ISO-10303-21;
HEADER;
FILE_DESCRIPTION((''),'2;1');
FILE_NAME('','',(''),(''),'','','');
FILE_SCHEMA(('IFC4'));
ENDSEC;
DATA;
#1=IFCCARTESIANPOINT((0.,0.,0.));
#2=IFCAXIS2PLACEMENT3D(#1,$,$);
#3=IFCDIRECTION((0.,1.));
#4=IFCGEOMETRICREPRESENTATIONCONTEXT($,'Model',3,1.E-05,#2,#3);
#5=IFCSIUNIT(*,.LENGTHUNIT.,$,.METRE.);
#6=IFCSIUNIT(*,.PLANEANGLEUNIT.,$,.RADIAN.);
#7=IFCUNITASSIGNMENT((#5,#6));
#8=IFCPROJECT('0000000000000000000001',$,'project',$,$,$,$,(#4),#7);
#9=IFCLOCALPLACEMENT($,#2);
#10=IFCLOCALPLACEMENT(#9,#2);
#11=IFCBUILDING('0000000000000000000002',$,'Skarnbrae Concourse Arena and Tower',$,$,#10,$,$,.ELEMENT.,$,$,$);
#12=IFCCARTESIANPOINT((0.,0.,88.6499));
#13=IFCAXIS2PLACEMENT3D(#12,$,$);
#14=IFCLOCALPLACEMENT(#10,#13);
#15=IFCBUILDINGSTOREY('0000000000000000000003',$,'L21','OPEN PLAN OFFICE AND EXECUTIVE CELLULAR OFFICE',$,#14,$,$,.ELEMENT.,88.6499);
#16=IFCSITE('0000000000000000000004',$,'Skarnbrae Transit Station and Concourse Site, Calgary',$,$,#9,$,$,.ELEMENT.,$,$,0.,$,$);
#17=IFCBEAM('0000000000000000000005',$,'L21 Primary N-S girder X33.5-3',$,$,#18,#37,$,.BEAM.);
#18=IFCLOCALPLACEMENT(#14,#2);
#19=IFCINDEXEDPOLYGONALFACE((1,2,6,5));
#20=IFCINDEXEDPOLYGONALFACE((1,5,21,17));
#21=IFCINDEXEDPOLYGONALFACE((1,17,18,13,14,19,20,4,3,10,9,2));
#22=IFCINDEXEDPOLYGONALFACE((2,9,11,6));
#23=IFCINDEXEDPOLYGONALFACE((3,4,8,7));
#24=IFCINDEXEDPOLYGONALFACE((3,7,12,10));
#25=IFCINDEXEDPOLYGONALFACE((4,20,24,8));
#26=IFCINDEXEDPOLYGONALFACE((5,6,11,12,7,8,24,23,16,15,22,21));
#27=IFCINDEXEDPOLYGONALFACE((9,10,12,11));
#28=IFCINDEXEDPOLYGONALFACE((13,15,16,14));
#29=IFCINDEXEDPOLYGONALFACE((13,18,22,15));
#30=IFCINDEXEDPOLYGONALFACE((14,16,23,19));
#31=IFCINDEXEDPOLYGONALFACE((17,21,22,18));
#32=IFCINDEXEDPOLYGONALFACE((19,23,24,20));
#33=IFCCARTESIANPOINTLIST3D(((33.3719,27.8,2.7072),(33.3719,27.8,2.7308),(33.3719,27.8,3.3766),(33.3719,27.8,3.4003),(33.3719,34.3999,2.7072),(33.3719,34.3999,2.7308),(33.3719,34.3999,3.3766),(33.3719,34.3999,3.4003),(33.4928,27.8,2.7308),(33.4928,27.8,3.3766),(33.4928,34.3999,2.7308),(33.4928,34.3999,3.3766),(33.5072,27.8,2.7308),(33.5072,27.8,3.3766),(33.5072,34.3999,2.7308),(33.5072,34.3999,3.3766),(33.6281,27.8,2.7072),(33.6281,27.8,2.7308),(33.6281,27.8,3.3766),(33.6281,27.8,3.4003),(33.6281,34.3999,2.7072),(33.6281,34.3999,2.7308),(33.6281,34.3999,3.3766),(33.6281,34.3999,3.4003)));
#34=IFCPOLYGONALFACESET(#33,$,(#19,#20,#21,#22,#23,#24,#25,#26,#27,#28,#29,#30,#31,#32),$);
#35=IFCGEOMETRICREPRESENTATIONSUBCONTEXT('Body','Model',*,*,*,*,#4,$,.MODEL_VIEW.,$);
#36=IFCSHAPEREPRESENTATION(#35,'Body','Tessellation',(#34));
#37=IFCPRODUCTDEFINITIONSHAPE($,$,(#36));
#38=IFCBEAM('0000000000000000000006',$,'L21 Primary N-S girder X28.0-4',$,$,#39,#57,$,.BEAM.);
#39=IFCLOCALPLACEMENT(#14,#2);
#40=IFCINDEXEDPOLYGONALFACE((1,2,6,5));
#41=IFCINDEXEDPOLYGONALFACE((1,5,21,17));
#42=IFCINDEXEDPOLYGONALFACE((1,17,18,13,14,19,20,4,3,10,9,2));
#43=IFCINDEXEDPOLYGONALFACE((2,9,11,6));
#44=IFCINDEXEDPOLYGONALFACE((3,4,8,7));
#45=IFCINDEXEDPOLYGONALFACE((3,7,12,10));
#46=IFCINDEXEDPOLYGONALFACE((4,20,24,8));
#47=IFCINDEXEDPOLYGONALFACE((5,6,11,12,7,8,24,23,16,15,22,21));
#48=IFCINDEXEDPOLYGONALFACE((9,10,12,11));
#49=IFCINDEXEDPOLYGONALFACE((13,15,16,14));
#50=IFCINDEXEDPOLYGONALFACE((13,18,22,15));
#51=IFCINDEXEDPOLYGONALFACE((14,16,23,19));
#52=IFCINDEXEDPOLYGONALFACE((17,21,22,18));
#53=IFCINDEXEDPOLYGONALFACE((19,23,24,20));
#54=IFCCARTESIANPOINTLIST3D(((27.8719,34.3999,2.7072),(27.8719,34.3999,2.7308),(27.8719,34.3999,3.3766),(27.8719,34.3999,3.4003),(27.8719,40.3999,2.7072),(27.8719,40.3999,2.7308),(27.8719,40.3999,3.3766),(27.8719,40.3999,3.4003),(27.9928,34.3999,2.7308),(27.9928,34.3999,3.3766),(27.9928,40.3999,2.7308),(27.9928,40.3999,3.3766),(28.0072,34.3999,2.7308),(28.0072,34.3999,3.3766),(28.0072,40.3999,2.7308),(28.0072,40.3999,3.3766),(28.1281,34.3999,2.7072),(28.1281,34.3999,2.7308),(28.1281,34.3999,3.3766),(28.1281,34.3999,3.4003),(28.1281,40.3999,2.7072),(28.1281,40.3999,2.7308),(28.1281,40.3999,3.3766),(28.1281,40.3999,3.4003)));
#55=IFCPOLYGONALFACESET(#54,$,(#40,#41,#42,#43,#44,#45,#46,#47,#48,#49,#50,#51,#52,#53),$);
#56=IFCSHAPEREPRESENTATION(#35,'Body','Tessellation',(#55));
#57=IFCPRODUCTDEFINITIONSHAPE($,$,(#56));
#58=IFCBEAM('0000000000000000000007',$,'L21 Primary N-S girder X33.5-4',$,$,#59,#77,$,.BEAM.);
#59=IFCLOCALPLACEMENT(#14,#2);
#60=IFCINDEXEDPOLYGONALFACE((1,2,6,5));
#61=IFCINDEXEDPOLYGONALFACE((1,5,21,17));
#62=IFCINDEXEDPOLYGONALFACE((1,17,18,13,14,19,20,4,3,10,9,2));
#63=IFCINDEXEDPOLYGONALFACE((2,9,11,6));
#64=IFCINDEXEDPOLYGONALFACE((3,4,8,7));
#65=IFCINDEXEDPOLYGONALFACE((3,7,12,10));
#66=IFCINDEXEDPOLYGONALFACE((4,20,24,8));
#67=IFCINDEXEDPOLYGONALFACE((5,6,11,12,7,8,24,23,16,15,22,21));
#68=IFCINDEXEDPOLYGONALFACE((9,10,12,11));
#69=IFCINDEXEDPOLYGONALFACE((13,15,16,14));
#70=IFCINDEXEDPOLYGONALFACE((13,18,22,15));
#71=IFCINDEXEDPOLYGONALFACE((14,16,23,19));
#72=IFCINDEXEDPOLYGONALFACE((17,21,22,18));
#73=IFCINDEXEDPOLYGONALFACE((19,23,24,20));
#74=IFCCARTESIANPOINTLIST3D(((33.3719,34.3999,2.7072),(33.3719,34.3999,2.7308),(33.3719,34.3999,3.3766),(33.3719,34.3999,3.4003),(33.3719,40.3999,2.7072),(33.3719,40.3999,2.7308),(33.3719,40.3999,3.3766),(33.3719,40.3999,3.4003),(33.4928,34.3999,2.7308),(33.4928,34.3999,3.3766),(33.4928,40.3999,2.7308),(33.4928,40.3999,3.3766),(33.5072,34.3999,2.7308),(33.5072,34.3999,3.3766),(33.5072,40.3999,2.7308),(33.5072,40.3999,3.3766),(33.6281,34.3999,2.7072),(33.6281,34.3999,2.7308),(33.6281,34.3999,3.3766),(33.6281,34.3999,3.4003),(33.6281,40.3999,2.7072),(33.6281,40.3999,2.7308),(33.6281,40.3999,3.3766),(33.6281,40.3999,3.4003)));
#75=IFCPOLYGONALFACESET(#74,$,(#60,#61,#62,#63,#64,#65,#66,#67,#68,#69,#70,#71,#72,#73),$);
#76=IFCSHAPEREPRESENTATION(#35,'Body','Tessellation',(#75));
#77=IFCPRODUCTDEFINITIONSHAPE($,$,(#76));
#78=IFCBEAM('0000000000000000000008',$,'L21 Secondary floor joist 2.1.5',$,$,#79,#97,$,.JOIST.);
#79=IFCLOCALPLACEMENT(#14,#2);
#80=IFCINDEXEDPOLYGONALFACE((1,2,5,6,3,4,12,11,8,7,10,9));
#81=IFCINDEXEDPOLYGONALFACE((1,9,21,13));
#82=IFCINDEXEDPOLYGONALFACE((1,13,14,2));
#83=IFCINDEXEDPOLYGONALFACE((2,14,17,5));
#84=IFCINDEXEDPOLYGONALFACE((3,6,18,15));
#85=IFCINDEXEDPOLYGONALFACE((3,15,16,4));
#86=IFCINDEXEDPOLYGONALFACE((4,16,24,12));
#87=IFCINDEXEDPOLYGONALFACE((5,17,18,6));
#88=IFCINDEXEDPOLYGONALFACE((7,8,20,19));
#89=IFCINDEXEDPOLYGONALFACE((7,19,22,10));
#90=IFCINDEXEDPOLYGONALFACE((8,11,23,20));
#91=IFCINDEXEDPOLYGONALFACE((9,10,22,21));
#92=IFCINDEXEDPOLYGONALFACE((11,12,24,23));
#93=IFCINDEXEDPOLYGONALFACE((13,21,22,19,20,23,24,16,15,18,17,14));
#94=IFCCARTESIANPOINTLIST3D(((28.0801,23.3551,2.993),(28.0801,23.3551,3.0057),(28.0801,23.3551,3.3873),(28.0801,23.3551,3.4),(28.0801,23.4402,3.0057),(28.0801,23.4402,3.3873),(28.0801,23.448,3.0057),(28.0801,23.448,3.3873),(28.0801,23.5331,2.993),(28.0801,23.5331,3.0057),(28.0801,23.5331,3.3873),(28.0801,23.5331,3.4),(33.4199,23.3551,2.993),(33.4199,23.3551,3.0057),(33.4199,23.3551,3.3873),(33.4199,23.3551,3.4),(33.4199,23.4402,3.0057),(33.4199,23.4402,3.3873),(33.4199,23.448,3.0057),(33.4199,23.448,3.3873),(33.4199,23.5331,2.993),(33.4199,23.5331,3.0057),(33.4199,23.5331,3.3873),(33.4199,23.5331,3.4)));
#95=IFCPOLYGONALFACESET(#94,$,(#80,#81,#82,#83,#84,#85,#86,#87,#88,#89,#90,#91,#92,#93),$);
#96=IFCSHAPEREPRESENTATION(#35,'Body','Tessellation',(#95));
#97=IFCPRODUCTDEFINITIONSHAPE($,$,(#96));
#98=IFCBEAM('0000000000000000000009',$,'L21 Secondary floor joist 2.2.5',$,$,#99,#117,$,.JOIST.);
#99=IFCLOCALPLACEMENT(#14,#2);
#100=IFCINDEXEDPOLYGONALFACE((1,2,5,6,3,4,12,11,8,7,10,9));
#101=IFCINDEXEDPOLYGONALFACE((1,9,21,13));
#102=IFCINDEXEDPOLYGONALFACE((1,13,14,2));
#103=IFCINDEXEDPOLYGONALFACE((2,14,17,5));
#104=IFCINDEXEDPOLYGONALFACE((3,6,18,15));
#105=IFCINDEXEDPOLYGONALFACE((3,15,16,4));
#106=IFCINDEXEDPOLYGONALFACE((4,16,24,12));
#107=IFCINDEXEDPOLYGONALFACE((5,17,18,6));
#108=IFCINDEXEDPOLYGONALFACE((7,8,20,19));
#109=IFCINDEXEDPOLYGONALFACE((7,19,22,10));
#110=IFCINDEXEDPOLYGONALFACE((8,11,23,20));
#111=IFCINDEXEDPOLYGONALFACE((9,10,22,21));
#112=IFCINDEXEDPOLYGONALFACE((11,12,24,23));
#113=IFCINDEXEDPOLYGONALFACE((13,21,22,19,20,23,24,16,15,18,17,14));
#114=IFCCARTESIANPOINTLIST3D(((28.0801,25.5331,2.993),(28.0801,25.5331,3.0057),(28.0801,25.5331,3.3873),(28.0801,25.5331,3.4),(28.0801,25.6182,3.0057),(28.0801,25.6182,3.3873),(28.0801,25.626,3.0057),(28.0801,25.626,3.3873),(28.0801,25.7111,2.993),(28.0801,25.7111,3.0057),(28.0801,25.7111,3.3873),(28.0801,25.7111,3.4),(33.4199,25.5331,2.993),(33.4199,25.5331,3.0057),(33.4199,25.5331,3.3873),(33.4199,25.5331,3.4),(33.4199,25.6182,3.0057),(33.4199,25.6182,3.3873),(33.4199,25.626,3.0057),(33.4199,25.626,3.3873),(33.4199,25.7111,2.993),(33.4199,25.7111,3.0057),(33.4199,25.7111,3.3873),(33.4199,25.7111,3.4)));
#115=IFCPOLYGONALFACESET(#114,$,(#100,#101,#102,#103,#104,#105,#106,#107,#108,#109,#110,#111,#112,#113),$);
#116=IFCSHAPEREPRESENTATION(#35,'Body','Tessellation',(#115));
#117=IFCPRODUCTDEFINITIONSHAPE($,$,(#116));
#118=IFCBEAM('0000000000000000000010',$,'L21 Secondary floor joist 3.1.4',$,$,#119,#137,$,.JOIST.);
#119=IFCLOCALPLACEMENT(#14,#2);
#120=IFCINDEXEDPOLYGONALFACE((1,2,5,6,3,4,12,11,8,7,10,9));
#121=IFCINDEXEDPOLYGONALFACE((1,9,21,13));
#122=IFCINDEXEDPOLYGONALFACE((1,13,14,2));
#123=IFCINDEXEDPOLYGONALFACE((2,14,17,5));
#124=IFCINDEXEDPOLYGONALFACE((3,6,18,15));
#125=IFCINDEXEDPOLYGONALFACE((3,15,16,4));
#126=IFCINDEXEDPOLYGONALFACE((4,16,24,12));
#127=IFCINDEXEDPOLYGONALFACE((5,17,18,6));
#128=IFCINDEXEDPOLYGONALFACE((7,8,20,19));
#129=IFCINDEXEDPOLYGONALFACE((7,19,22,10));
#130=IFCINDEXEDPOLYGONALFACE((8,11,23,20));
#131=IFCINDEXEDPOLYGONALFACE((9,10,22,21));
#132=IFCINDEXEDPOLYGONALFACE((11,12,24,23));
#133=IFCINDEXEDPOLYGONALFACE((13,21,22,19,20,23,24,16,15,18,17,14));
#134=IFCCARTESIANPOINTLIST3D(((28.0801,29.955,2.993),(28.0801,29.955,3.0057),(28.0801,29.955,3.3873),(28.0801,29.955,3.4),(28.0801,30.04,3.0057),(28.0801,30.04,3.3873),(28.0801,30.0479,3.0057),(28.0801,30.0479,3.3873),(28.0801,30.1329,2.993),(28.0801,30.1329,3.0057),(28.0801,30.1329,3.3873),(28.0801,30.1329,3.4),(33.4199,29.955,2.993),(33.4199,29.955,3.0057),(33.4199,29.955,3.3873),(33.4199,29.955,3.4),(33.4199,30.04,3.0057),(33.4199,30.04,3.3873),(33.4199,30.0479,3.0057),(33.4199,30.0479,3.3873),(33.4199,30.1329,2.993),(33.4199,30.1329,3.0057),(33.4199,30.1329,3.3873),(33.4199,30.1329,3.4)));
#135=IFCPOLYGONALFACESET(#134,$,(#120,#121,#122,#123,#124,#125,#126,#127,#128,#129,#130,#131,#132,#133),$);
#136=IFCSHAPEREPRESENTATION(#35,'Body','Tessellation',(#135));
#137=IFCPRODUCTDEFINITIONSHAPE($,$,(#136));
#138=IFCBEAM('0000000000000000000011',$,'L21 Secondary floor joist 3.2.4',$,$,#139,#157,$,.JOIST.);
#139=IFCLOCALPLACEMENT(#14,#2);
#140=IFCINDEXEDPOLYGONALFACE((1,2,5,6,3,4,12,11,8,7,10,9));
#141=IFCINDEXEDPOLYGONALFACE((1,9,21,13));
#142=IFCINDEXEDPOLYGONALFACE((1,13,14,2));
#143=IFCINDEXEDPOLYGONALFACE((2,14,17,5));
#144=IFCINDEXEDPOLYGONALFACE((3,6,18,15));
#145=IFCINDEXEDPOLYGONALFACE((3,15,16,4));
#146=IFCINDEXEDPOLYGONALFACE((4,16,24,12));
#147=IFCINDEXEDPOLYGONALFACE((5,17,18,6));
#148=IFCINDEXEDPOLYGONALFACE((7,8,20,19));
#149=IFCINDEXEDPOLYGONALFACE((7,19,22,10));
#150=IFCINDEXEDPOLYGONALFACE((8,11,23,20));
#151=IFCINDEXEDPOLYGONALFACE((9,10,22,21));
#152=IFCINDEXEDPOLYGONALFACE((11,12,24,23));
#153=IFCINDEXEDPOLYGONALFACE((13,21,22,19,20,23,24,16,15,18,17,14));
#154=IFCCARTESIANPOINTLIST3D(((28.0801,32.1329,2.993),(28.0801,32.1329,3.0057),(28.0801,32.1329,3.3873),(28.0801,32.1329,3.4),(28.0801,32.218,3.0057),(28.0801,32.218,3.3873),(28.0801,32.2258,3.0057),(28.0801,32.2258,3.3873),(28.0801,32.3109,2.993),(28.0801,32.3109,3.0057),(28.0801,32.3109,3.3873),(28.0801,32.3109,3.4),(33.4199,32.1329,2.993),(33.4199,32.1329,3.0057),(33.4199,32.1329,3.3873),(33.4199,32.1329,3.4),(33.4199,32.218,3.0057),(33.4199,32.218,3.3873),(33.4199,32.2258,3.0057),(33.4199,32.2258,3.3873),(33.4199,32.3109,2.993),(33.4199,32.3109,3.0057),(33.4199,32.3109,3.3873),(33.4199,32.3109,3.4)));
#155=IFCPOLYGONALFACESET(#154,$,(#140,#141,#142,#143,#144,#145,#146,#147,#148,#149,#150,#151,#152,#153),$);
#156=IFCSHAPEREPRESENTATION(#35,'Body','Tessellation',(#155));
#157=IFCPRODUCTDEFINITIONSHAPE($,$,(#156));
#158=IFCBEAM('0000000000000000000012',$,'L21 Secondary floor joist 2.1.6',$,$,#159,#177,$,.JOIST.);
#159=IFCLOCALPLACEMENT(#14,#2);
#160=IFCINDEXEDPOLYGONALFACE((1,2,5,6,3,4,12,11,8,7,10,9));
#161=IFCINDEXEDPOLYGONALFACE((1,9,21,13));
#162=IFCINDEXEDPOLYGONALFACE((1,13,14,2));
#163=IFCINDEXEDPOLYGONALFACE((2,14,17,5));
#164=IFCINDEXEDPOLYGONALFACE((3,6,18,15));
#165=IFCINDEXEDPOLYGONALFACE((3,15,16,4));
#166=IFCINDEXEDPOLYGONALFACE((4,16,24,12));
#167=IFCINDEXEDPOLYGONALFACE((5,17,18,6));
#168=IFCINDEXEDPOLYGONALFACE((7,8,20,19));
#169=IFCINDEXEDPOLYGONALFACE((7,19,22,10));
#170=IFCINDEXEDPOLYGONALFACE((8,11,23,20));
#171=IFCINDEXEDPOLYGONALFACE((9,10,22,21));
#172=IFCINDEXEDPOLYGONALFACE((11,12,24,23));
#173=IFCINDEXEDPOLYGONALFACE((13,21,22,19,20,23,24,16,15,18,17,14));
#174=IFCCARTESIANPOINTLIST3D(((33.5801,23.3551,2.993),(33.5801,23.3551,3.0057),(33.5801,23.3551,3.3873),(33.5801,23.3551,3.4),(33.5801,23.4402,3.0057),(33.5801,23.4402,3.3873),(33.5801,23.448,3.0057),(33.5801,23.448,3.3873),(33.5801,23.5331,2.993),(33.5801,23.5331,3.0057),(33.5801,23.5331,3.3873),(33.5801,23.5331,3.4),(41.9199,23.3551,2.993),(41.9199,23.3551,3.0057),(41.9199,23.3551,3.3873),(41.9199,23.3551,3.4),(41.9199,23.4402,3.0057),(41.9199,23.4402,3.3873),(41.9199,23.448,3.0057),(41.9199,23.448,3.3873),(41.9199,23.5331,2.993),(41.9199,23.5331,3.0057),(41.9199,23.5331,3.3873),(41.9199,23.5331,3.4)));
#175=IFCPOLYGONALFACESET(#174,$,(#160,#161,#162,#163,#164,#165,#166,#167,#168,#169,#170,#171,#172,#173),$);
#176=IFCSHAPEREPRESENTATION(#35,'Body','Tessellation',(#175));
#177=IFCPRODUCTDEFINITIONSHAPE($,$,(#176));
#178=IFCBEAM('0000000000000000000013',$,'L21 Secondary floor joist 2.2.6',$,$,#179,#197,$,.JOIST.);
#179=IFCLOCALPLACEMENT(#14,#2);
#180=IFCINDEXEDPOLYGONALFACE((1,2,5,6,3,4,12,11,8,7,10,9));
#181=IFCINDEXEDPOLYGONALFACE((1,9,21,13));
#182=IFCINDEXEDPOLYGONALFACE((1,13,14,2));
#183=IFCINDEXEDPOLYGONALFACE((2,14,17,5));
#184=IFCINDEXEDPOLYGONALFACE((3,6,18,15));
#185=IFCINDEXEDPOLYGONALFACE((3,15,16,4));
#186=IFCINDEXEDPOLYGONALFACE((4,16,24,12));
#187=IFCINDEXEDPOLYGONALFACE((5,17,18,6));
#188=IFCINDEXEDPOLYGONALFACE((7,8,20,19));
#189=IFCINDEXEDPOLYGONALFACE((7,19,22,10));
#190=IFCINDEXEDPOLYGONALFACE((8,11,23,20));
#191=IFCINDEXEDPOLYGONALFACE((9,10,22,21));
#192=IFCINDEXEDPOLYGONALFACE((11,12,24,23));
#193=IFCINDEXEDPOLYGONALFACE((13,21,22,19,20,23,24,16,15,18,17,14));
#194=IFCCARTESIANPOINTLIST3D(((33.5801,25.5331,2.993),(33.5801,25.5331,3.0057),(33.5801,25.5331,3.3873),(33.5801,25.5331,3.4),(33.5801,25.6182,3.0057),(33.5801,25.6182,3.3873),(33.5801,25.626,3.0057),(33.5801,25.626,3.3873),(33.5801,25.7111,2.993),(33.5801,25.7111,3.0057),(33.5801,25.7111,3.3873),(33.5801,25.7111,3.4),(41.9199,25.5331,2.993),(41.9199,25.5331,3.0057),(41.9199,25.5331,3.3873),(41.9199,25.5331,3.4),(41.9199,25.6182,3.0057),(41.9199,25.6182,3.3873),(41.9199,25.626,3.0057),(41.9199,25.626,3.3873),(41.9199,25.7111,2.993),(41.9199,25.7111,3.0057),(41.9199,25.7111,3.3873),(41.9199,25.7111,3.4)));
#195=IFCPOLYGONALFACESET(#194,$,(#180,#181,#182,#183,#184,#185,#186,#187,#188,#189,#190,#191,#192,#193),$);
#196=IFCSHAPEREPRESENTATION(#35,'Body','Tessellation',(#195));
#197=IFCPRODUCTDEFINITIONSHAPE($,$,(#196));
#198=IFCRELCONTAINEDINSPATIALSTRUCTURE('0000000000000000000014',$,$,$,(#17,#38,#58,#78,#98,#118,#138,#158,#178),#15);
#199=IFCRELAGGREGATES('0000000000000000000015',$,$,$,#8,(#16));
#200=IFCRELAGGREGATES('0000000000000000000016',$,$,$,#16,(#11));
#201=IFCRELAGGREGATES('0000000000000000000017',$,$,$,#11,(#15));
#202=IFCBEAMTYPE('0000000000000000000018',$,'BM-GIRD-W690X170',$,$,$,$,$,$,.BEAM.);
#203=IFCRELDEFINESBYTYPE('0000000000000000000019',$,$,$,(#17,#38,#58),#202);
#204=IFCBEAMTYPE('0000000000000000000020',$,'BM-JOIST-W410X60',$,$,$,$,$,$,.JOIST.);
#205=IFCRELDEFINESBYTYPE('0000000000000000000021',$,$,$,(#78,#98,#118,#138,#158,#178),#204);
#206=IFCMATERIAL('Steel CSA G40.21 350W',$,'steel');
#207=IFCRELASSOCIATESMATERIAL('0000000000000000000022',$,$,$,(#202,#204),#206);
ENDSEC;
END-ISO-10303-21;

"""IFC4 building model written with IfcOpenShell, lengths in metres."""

from ifc_helpers import new_model, si_unit, direction, frame, origin, origin_2d, place, context, subcontext, project, spatial, i_section, extrude, source, transform, mapped, material, material_profile, profile_set, type_object, element, save


model = new_model("IFC4")

# Units and contexts
model_context = context("Model", 3, precision=1e-05, world=origin(), true_north=direction((0.0, 1.0)))
body_context = subcontext(model_context, "Body", "Model", "MODEL_VIEW")
ifc_project = project(units=[si_unit("LENGTHUNIT", "METRE"), si_unit("PLANEANGLEUNIT", "RADIAN")], contexts=[model_context])

# Site, building, storey
site_placement = place(None, origin())
site = spatial("IfcSite", under=ifc_project, at=site_placement, Name="Skarnbrae Transit Station and Concourse Site, Calgary", CompositionType="ELEMENT", RefElevation=0.0)
building_placement = place(site_placement, origin())
building = spatial("IfcBuilding", under=site, at=building_placement, Name="Skarnbrae Concourse Arena and Tower", CompositionType="ELEMENT")
storey_placement = place(building_placement, frame((0.0, 0.0, 88.6499)))
storey = spatial("IfcBuildingStorey", under=building, at=storey_placement, Name="L21", Description="OPEN PLAN OFFICE AND EXECUTIVE CELLULAR OFFICE", CompositionType="ELEMENT", Elevation=88.6499)

# Shared definitions
ifc_material_1 = material(Name="Steel CSA G40.21 350W", Category="steel")

# Beams
ifc_material_profile_1 = material_profile(ifc_material_1, i_section(OverallWidth=0.2561, OverallDepth=0.6931, WebThickness=0.0144, FlangeThickness=0.0237, at=origin_2d()), Name="W690X170")
ifc_profile_set_1 = profile_set([ifc_material_profile_1], Name="Steel CSA G40.21 350W")
beam_type_1 = type_object("IfcBeamType", Name="BM-GIRD-W690X170", PredefinedType="BEAM", material=ifc_profile_set_1)
shared_shape_1 = source(origin(), body_context, "Body", "SweptSolid", [
    extrude(i_section(OverallWidth=0.2561, OverallDepth=0.6931, WebThickness=0.0144, FlangeThickness=0.0237, at=origin_2d()), origin(), (0.0, 0.0, 1.0), 6.5999),
])
for number, where, z_axis, x_axis, name in (
    (1, (33.5, 27.8, 3.0537), (0.0, 1.0, 0.0), (-1.0, 0.0, 0.0), "L21 Primary N-S girder X33.5-3"),
):
    element("IfcBeam", number, at=place(storey_placement, frame(where, z_axis=z_axis, x_axis=x_axis)), inside=storey, type_object=beam_type_1, Name=name, PredefinedType="BEAM", context=body_context, shape_type="MappedRepresentation", body=[
        mapped(shared_shape_1, transform((0.0, 0.0, 0.0))),
    ])
shared_shape_2 = source(origin(), body_context, "Body", "SweptSolid", [
    extrude(i_section(OverallWidth=0.2561, OverallDepth=0.6931, WebThickness=0.0144, FlangeThickness=0.0237, at=origin_2d()), origin(), (0.0, 0.0, 1.0), 6.0),
])
for number, where, z_axis, x_axis, name in (
    (2, (28.0, 34.3999, 3.0537), (0.0, 1.0, 0.0), (-1.0, 0.0, 0.0), "L21 Primary N-S girder X28.0-4"),
    (3, (33.5, 34.3999, 3.0537), (0.0, 1.0, 0.0), (-1.0, 0.0, 0.0), "L21 Primary N-S girder X33.5-4"),
):
    element("IfcBeam", number, at=place(storey_placement, frame(where, z_axis=z_axis, x_axis=x_axis)), inside=storey, type_object=beam_type_1, Name=name, PredefinedType="BEAM", context=body_context, shape_type="MappedRepresentation", body=[
        mapped(shared_shape_2, transform((0.0, 0.0, 0.0))),
    ])
ifc_material_profile_2 = material_profile(ifc_material_1, i_section(OverallWidth=0.178, OverallDepth=0.407, WebThickness=0.0078, FlangeThickness=0.0127, at=origin_2d()), Name="W410X60")
ifc_profile_set_2 = profile_set([ifc_material_profile_2], Name="Steel CSA G40.21 350W")
beam_type_2 = type_object("IfcBeamType", Name="BM-JOIST-W410X60", PredefinedType="JOIST", material=ifc_profile_set_2)
shared_shape_3 = source(origin(), body_context, "Body", "SweptSolid", [
    extrude(i_section(OverallWidth=0.178, OverallDepth=0.407, WebThickness=0.0078, FlangeThickness=0.0127, at=origin_2d()), origin(), (0.0, 0.0, 1.0), 5.3398),
])
for number, where, z_axis, x_axis, name in (
    (4, (28.0801, 23.4441, 3.1965), (1.0, 0.0, 0.0), (0.0, 1.0, 0.0), "L21 Secondary floor joist 2.1.5"),
    (5, (28.0801, 25.6221, 3.1965), (1.0, 0.0, 0.0), (0.0, 1.0, 0.0), "L21 Secondary floor joist 2.2.5"),
    (6, (28.0801, 30.0439, 3.1965), (1.0, 0.0, 0.0), (0.0, 1.0, 0.0), "L21 Secondary floor joist 3.1.4"),
    (7, (28.0801, 32.2219, 3.1965), (1.0, 0.0, 0.0), (0.0, 1.0, 0.0), "L21 Secondary floor joist 3.2.4"),
):
    element("IfcBeam", number, at=place(storey_placement, frame(where, z_axis=z_axis, x_axis=x_axis)), inside=storey, type_object=beam_type_2, Name=name, PredefinedType="JOIST", context=body_context, shape_type="MappedRepresentation", body=[
        mapped(shared_shape_3, transform((0.0, 0.0, 0.0))),
    ])
shared_shape_4 = source(origin(), body_context, "Body", "SweptSolid", [
    extrude(i_section(OverallWidth=0.178, OverallDepth=0.407, WebThickness=0.0078, FlangeThickness=0.0127, at=origin_2d()), origin(), (0.0, 0.0, 1.0), 8.3398),
])
for number, where, z_axis, x_axis, name in (
    (8, (33.5801, 23.4441, 3.1965), (1.0, 0.0, 0.0), (0.0, 1.0, 0.0), "L21 Secondary floor joist 2.1.6"),
    (9, (33.5801, 25.6221, 3.1965), (1.0, 0.0, 0.0), (0.0, 1.0, 0.0), "L21 Secondary floor joist 2.2.6"),
):
    element("IfcBeam", number, at=place(storey_placement, frame(where, z_axis=z_axis, x_axis=x_axis)), inside=storey, type_object=beam_type_2, Name=name, PredefinedType="JOIST", context=body_context, shape_type="MappedRepresentation", body=[
        mapped(shared_shape_4, transform((0.0, 0.0, 0.0))),
    ])

save(model, "model.ifc")
